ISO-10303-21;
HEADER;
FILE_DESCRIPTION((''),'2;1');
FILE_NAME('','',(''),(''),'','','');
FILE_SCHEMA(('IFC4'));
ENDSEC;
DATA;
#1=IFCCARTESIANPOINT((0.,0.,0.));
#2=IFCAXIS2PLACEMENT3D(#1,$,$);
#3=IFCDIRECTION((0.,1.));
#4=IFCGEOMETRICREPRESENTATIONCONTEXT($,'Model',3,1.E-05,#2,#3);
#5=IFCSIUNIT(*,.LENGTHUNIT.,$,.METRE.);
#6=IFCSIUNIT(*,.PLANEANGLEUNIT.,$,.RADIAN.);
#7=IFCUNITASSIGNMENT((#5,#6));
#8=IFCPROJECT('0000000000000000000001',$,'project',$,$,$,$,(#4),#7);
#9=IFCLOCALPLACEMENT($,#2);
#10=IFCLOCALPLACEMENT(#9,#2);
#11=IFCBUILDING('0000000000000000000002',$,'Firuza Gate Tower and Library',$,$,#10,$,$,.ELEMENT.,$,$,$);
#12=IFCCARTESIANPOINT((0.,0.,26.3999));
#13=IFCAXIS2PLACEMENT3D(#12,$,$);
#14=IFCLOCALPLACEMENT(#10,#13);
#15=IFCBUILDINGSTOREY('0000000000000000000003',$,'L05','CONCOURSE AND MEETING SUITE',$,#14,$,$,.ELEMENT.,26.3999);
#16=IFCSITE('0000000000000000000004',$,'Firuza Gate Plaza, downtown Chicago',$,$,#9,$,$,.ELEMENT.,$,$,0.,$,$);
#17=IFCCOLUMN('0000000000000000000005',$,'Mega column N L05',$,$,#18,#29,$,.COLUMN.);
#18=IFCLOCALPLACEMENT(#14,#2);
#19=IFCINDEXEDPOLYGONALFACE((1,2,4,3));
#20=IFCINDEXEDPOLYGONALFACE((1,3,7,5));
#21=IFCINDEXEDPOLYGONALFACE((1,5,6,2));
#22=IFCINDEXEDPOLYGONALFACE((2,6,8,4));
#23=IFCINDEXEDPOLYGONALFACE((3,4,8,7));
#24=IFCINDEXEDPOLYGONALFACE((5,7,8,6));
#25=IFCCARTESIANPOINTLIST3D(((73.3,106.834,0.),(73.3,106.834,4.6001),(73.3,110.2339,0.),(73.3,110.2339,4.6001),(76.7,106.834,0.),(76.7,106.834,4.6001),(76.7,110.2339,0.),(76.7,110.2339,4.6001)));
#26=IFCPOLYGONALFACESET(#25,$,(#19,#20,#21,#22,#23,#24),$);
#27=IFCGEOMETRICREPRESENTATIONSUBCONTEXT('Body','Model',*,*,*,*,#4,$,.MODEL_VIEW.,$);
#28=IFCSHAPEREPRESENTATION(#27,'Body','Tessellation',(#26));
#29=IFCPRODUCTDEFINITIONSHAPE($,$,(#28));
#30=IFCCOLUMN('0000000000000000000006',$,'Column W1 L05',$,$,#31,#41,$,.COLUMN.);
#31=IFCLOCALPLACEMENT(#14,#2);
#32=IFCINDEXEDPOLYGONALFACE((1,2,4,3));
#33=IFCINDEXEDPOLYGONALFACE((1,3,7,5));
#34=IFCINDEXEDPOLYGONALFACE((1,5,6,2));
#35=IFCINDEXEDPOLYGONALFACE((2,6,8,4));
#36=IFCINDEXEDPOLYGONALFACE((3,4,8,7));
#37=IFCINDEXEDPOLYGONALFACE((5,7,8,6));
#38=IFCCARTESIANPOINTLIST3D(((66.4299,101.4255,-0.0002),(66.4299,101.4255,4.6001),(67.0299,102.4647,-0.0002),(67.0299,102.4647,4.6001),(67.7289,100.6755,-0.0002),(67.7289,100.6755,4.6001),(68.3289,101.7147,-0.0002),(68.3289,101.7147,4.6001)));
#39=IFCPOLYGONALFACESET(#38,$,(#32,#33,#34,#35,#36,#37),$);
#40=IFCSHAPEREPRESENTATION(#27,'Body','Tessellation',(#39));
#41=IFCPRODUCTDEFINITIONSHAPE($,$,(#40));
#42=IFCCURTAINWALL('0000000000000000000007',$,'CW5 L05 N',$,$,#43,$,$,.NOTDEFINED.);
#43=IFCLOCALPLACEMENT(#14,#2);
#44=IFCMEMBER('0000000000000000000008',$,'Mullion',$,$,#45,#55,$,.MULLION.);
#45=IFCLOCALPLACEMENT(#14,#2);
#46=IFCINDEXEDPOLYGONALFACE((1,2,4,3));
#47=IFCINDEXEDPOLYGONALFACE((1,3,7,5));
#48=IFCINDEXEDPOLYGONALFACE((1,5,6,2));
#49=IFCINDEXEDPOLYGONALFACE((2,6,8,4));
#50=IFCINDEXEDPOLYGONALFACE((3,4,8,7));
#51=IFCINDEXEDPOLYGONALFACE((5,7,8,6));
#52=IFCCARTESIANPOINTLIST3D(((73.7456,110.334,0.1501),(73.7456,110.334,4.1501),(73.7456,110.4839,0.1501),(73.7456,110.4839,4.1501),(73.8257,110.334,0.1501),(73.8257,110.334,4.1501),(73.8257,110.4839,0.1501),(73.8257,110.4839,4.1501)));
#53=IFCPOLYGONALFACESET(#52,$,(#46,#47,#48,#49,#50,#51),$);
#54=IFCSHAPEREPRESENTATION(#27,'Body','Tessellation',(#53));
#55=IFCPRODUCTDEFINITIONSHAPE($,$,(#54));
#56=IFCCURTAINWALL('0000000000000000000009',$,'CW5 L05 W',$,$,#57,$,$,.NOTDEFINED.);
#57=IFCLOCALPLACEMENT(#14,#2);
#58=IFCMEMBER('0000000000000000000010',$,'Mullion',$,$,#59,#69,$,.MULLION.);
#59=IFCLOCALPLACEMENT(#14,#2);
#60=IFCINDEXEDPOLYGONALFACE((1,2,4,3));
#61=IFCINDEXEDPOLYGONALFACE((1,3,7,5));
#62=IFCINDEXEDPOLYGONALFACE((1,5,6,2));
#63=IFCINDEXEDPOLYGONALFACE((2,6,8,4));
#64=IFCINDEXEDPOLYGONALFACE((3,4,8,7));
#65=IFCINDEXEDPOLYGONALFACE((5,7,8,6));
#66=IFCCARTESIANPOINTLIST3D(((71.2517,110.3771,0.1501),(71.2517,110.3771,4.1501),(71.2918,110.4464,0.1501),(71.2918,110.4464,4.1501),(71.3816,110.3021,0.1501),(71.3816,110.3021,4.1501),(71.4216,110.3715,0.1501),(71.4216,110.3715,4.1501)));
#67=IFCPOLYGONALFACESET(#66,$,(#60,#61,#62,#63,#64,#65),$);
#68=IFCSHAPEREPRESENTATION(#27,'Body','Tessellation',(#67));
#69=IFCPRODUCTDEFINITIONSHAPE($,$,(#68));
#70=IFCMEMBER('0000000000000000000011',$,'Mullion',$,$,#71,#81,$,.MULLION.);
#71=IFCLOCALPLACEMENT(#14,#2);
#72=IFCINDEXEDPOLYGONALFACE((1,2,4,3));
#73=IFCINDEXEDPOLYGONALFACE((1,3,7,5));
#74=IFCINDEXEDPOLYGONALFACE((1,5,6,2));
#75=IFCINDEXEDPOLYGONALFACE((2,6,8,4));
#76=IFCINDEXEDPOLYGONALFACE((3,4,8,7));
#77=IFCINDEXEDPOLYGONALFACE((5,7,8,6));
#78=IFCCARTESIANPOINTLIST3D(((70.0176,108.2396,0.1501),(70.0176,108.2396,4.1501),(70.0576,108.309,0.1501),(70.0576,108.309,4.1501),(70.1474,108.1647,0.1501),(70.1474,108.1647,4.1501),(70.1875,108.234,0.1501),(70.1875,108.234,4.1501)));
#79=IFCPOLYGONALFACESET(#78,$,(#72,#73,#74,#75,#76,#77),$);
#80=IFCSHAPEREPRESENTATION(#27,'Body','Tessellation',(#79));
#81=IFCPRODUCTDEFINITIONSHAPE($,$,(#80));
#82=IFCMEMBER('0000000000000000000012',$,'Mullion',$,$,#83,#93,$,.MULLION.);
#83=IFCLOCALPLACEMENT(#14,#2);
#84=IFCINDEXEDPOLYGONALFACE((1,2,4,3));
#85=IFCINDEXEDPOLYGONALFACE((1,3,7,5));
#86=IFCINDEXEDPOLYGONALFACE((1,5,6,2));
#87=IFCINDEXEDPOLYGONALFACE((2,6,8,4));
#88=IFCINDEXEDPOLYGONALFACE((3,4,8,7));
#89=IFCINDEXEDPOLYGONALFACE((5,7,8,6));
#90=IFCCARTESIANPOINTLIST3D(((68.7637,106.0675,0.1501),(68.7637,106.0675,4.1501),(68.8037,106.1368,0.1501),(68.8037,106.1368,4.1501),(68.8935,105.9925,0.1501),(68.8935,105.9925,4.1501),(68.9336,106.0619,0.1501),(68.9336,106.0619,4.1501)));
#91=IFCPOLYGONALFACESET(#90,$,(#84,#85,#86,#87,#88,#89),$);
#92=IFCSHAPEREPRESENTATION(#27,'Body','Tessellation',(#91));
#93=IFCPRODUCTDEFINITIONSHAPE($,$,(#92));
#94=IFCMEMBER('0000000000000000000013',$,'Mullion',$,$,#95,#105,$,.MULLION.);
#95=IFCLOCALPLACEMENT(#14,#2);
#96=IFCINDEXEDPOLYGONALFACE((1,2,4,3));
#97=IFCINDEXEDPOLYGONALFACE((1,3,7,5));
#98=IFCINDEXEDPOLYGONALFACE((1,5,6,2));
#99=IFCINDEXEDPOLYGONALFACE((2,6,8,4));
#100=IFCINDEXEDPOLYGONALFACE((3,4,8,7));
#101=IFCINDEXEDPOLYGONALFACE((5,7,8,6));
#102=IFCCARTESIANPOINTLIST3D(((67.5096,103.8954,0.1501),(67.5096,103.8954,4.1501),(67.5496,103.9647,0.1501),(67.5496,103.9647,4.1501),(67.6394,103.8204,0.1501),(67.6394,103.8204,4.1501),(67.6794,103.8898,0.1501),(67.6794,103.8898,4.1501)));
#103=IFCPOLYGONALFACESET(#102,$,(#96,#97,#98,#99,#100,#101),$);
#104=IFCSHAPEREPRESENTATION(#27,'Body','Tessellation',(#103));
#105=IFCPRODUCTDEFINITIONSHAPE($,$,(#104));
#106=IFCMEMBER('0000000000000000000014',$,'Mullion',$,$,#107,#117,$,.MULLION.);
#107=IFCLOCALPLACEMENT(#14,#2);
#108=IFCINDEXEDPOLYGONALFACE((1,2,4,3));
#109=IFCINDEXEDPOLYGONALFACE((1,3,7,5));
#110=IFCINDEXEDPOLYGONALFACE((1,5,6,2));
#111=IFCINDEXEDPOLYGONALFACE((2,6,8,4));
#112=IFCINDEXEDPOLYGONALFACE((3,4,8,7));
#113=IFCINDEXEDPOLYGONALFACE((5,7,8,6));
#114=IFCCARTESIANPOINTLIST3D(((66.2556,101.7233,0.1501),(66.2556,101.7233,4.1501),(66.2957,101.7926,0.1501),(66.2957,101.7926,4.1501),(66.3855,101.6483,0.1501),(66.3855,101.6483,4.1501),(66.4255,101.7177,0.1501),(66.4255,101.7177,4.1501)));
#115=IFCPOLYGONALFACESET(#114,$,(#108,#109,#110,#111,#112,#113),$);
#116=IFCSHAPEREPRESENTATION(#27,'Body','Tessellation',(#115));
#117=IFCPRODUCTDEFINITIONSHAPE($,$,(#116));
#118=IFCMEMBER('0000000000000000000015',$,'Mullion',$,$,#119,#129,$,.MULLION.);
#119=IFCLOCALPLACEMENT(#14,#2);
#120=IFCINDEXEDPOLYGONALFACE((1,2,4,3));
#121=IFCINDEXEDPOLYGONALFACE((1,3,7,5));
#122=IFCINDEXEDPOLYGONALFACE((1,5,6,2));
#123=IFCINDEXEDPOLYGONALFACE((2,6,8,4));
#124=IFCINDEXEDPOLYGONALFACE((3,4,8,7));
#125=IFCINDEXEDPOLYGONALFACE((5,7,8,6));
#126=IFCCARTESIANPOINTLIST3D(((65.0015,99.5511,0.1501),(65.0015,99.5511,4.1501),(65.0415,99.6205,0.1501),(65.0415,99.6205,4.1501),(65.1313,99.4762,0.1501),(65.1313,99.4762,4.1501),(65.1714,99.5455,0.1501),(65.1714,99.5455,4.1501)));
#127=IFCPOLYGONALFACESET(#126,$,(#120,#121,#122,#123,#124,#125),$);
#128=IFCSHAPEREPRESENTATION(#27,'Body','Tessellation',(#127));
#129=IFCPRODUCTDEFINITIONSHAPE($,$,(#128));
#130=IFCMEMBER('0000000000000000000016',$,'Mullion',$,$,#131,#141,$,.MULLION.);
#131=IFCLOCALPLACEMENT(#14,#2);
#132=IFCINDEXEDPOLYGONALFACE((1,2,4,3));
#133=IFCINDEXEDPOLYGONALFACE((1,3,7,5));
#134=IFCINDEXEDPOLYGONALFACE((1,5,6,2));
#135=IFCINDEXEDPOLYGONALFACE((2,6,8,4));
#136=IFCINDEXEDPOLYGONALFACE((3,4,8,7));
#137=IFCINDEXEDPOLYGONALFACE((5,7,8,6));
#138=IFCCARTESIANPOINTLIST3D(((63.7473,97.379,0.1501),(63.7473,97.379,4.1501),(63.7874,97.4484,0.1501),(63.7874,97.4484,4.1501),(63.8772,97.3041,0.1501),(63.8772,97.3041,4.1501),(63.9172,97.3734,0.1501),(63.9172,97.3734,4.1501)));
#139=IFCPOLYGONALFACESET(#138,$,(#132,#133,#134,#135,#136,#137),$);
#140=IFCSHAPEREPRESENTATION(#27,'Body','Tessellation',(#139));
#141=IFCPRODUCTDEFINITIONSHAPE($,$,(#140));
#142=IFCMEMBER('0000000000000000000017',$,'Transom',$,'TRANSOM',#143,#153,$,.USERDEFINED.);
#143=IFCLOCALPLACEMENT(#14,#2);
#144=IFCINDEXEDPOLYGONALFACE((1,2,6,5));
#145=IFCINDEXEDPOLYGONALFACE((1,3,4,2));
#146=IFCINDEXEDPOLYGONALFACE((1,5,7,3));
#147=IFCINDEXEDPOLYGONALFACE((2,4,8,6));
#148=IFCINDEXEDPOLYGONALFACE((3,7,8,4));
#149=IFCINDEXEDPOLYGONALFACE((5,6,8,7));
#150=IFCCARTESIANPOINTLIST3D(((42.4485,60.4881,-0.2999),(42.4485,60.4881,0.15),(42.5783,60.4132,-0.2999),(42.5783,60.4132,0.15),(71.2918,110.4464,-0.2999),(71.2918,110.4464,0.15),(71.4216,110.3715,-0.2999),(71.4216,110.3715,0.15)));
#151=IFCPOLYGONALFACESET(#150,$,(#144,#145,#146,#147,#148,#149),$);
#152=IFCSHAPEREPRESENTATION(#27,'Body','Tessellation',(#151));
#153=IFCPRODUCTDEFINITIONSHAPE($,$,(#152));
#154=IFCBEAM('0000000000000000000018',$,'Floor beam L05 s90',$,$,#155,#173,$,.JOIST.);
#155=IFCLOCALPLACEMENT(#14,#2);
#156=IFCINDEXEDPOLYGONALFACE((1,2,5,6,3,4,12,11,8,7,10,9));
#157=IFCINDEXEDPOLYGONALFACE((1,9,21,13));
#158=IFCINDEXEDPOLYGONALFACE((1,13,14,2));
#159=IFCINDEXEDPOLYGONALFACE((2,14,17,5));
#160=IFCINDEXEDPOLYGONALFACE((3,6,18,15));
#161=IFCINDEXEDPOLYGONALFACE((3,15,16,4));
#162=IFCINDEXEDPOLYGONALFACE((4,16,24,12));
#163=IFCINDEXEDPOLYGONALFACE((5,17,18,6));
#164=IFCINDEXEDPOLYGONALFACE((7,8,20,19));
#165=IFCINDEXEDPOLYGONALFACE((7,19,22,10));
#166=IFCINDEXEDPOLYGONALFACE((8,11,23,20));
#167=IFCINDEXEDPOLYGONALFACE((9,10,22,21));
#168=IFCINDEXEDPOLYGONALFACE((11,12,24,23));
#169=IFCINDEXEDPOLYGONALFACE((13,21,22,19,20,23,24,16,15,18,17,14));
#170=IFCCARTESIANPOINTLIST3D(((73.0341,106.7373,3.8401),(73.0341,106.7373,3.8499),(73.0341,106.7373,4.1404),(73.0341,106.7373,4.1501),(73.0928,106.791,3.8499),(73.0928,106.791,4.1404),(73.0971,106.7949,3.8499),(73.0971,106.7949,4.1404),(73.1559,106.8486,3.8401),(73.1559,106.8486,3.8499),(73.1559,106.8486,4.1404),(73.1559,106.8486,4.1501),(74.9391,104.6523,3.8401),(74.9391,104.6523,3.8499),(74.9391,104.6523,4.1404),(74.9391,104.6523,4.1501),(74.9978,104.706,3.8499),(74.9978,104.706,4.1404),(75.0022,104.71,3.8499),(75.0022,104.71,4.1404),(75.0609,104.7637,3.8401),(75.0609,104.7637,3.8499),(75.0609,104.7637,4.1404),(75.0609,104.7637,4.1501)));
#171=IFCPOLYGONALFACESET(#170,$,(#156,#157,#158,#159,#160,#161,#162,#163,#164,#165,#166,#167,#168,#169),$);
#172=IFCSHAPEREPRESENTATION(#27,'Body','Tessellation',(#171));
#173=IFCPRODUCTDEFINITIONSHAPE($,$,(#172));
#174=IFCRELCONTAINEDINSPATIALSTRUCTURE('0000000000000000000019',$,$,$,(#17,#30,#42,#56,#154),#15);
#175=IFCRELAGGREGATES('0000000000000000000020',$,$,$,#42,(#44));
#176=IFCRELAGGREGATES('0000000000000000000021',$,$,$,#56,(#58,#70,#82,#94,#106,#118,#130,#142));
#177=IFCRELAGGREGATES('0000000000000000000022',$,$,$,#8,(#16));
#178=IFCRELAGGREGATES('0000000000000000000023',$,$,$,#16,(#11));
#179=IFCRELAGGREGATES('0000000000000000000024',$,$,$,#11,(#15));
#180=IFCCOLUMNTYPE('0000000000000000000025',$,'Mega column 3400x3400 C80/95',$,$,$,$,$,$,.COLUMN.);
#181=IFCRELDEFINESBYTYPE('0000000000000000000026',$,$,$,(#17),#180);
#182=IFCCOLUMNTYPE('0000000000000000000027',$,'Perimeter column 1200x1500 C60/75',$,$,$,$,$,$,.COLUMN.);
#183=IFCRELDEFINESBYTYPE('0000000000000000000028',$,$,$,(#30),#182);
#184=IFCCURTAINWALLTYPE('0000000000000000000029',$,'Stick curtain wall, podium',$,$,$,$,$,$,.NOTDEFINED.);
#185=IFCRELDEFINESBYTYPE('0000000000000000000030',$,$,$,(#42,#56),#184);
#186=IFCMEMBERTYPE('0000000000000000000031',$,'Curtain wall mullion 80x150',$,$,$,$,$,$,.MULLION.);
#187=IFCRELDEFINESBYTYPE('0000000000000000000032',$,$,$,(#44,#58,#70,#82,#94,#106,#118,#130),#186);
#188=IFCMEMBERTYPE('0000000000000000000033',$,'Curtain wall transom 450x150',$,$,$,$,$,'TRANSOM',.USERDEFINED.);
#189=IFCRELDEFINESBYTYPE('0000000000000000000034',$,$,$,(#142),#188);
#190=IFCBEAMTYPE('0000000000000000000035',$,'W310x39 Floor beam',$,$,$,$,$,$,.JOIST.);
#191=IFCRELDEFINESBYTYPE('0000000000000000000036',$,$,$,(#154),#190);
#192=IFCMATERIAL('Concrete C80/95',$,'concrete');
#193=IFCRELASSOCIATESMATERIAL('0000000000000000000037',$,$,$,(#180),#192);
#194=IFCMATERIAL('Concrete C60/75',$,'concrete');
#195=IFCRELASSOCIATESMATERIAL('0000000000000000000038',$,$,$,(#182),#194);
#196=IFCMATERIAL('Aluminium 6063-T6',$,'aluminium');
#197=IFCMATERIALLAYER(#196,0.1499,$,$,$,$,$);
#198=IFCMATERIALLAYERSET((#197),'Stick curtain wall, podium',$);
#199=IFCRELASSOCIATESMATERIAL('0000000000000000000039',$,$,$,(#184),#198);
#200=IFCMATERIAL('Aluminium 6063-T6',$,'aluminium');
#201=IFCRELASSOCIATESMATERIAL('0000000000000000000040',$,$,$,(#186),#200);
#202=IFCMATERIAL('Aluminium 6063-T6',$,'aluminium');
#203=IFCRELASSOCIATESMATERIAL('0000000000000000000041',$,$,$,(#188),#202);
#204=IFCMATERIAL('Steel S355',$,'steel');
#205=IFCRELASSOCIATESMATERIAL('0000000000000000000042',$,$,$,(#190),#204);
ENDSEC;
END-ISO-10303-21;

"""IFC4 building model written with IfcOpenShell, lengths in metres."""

from ifc_helpers import new_model, si_unit, direction, frame, origin, origin_2d, place, context, subcontext, project, spatial, rectangle, i_section, extrude, material, layer, layer_set, material_profile, profile_set, type_object, element, aggregate, save


model = new_model("IFC4")

# Units and contexts
model_context = context("Model", 3, precision=1e-05, world=origin(), true_north=direction((0.0, 1.0)))
body_context = subcontext(model_context, "Body", "Model", "MODEL_VIEW")
ifc_project = project(units=[si_unit("LENGTHUNIT", "METRE"), si_unit("PLANEANGLEUNIT", "RADIAN")], contexts=[model_context])

# Site, building, storey
site_placement = place(None, origin())
site = spatial("IfcSite", under=ifc_project, at=site_placement, Name="Firuza Gate Plaza, downtown Chicago", CompositionType="ELEMENT", RefElevation=0.0)
building_placement = place(site_placement, origin())
building = spatial("IfcBuilding", under=site, at=building_placement, Name="Firuza Gate Tower and Library", CompositionType="ELEMENT")
storey_placement = place(building_placement, frame((0.0, 0.0, 26.3999)))
storey = spatial("IfcBuildingStorey", under=building, at=storey_placement, Name="L05", Description="CONCOURSE AND MEETING SUITE", CompositionType="ELEMENT", Elevation=26.3999)

# Columns
ifc_material_1 = material(Name="Concrete C80/95", Category="concrete")
ifc_material_profile_1 = material_profile(ifc_material_1, rectangle(XDim=3.3999, YDim=3.3999, at=origin_2d()))
ifc_profile_set_1 = profile_set([ifc_material_profile_1], Name="Concrete C80/95")
column_type_1 = type_object("IfcColumnType", Name="Mega column 3400x3400 C80/95", PredefinedType="COLUMN", material=ifc_profile_set_1)
column_1_placement = place(storey_placement, frame((75.0, 108.5339, 0.0), z_axis=(0.0, 0.0, 1.0), x_axis=(-1.0, 0.0, 0.0)))
element("IfcColumn", 1, at=column_1_placement, inside=storey, type_object=column_type_1, Name="Mega column N L05", PredefinedType="COLUMN", context=body_context, shape_type="SweptSolid", body=[
    extrude(rectangle(XDim=3.3999, YDim=3.3999, at=origin_2d()), origin(), (0.0, 0.0, 1.0), 4.6001),
])
ifc_material_2 = material(Name="Concrete C60/75", Category="concrete")
ifc_material_profile_2 = material_profile(ifc_material_2, rectangle(XDim=1.2, YDim=1.5, at=origin_2d()))
ifc_profile_set_2 = profile_set([ifc_material_profile_2], Name="Concrete C60/75")
column_type_2 = type_object("IfcColumnType", Name="Perimeter column 1200x1500 C60/75", PredefinedType="COLUMN", material=ifc_profile_set_2)
column_2_placement = place(storey_placement, frame((67.3794, 101.5701, -0.0002), z_axis=(0.0, 0.0, 1.0), x_axis=(-0.5, -0.866025, 0.0)))
element("IfcColumn", 2, at=column_2_placement, inside=storey, type_object=column_type_2, Name="Column W1 L05", PredefinedType="COLUMN", context=body_context, shape_type="SweptSolid", body=[
    extrude(rectangle(XDim=1.2, YDim=1.5, at=origin_2d()), origin(), (0.0, 0.0, 1.0), 4.6003),
])

# Curtain wall, member
ifc_material_3 = material(Name="Aluminium 6063-T6", Category="aluminium")
ifc_layer_1 = layer(ifc_material_3, 0.1499)
ifc_layer_set_1 = layer_set([ifc_layer_1], Name="Stick curtain wall, podium")
curtain_wall_type = type_object("IfcCurtainWallType", Name="Stick curtain wall, podium", PredefinedType="NOTDEFINED", material=ifc_layer_set_1)
placement = place(storey_placement, origin())
curtain_wall_1 = element("IfcCurtainWall", 3, at=placement, inside=storey, type_object=curtain_wall_type, Name="CW5 L05 N", PredefinedType="NOTDEFINED")
ifc_material_4 = material(Name="Aluminium 6063-T6", Category="aluminium")
ifc_material_profile_3 = material_profile(ifc_material_4, rectangle(XDim=0.1499, YDim=0.0801, at=origin_2d()))
ifc_profile_set_3 = profile_set([ifc_material_profile_3], Name="Aluminium 6063-T6")
member_type_1 = type_object("IfcMemberType", Name="Curtain wall mullion 80x150", PredefinedType="MULLION", material=ifc_profile_set_3)
member_1_placement = place(storey_placement, frame((73.7856, 110.4089, 0.1501), z_axis=(0.0, 0.0, 1.0), x_axis=(0.0, -1.0, 0.0)))
member_1 = element("IfcMember", 4, at=member_1_placement, type_object=member_type_1, Name="Mullion", PredefinedType="MULLION", context=body_context, shape_type="SweptSolid", body=[
    extrude(rectangle(XDim=0.1499, YDim=0.0801, at=origin_2d()), origin(), (0.0, 0.0, 1.0), 4.0),
])

# Curtain wall, members
curtain_wall_2 = element("IfcCurtainWall", 5, at=placement, inside=storey, type_object=curtain_wall_type, Name="CW5 L05 W", PredefinedType="NOTDEFINED")
member_2_placement = place(storey_placement, frame((71.3367, 110.3743, 0.1501), z_axis=(0.0, 0.0, 1.0), x_axis=(0.866025, -0.5, 0.0)))
member_2 = element("IfcMember", 6, at=member_2_placement, type_object=member_type_1, Name="Mullion", PredefinedType="MULLION", context=body_context, shape_type="SweptSolid", body=[
    extrude(rectangle(XDim=0.1499, YDim=0.0801, at=origin_2d()), origin(), (0.0, 0.0, 1.0), 4.0),
])
member_3_placement = place(storey_placement, frame((70.1025, 108.2368, 0.1501), z_axis=(0.0, 0.0, 1.0), x_axis=(0.866025, -0.5, 0.0)))
member_3 = element("IfcMember", 7, at=member_3_placement, type_object=member_type_1, Name="Mullion", PredefinedType="MULLION", context=body_context, shape_type="SweptSolid", body=[
    extrude(rectangle(XDim=0.1499, YDim=0.0801, at=origin_2d()), origin(), (0.0, 0.0, 1.0), 4.0),
])
member_4_placement = place(storey_placement, frame((68.8486, 106.0647, 0.1501), z_axis=(0.0, 0.0, 1.0), x_axis=(0.866025, -0.5, 0.0)))
member_4 = element("IfcMember", 8, at=member_4_placement, type_object=member_type_1, Name="Mullion", PredefinedType="MULLION", context=body_context, shape_type="SweptSolid", body=[
    extrude(rectangle(XDim=0.1499, YDim=0.0801, at=origin_2d()), origin(), (0.0, 0.0, 1.0), 4.0),
])
member_5_placement = place(storey_placement, frame((67.5945, 103.8926, 0.1501), z_axis=(0.0, 0.0, 1.0), x_axis=(0.866025, -0.5, 0.0)))
member_5 = element("IfcMember", 9, at=member_5_placement, type_object=member_type_1, Name="Mullion", PredefinedType="MULLION", context=body_context, shape_type="SweptSolid", body=[
    extrude(rectangle(XDim=0.1499, YDim=0.0801, at=origin_2d()), origin(), (0.0, 0.0, 1.0), 4.0),
])
member_6_placement = place(storey_placement, frame((66.3406, 101.7205, 0.1501), z_axis=(0.0, 0.0, 1.0), x_axis=(0.866025, -0.5, 0.0)))
member_6 = element("IfcMember", 10, at=member_6_placement, type_object=member_type_1, Name="Mullion", PredefinedType="MULLION", context=body_context, shape_type="SweptSolid", body=[
    extrude(rectangle(XDim=0.1499, YDim=0.0801, at=origin_2d()), origin(), (0.0, 0.0, 1.0), 4.0),
])
member_7_placement = place(storey_placement, frame((65.0864, 99.5483, 0.1501), z_axis=(0.0, 0.0, 1.0), x_axis=(0.866025, -0.5, 0.0)))
member_7 = element("IfcMember", 11, at=member_7_placement, type_object=member_type_1, Name="Mullion", PredefinedType="MULLION", context=body_context, shape_type="SweptSolid", body=[
    extrude(rectangle(XDim=0.1499, YDim=0.0801, at=origin_2d()), origin(), (0.0, 0.0, 1.0), 4.0),
])
member_8_placement = place(storey_placement, frame((63.8323, 97.3762, 0.1501), z_axis=(0.0, 0.0, 1.0), x_axis=(0.866025, -0.5, 0.0)))
member_8 = element("IfcMember", 12, at=member_8_placement, type_object=member_type_1, Name="Mullion", PredefinedType="MULLION", context=body_context, shape_type="SweptSolid", body=[
    extrude(rectangle(XDim=0.1499, YDim=0.0801, at=origin_2d()), origin(), (0.0, 0.0, 1.0), 4.0),
])
ifc_material_5 = material(Name="Aluminium 6063-T6", Category="aluminium")
ifc_material_profile_4 = material_profile(ifc_material_5, rectangle(XDim=0.1499, YDim=0.45, at=origin_2d()))
ifc_profile_set_4 = profile_set([ifc_material_profile_4], Name="Aluminium 6063-T6")
member_type_2 = type_object("IfcMemberType", Name="Curtain wall transom 450x150", ElementType="TRANSOM", PredefinedType="USERDEFINED", material=ifc_profile_set_4)
member_9_placement = place(storey_placement, frame((71.3567, 110.4089, -0.075), z_axis=(-0.499998, -0.866027, 0.0), x_axis=(0.866027, -0.499998, 0.0)))
member_9 = element("IfcMember", 13, at=member_9_placement, type_object=member_type_2, Name="Transom", ObjectType="TRANSOM", PredefinedType="USERDEFINED", context=body_context, shape_type="SweptSolid", body=[
    extrude(rectangle(XDim=0.1499, YDim=0.45, at=origin_2d()), origin(), (0.0, 0.0, 1.0), 57.6868),
])

# Beam
ifc_material_6 = material(Name="Steel S355", Category="steel")
ifc_material_profile_5 = material_profile(ifc_material_6, i_section(OverallWidth=0.165, OverallDepth=0.3101, WebThickness=0.0059, FlangeThickness=0.0098, at=origin_2d()))
ifc_profile_set_5 = profile_set([ifc_material_profile_5], Name="Steel S355")
beam_type_1 = type_object("IfcBeamType", Name="W310x39 Floor beam", PredefinedType="JOIST", material=ifc_profile_set_5)
beam_1_placement = place(storey_placement, frame((73.095, 106.793, 3.9951), z_axis=(0.674534, -0.738244, 0.0), x_axis=(0.738244, 0.674534, 0.0)))
element("IfcBeam", 14, at=beam_1_placement, inside=storey, type_object=beam_type_1, Name="Floor beam L05 s90", PredefinedType="JOIST", context=body_context, shape_type="SweptSolid", body=[
    extrude(i_section(OverallWidth=0.165, OverallDepth=0.3101, WebThickness=0.0059, FlangeThickness=0.0098, at=origin_2d()), origin(), (0.0, 0.0, 1.0), 2.8242),
])

aggregate(curtain_wall_1, [member_1])
aggregate(curtain_wall_2, [member_2, member_3, member_4, member_5, member_6, member_7, member_8, member_9])

save(model, "model.ifc")
